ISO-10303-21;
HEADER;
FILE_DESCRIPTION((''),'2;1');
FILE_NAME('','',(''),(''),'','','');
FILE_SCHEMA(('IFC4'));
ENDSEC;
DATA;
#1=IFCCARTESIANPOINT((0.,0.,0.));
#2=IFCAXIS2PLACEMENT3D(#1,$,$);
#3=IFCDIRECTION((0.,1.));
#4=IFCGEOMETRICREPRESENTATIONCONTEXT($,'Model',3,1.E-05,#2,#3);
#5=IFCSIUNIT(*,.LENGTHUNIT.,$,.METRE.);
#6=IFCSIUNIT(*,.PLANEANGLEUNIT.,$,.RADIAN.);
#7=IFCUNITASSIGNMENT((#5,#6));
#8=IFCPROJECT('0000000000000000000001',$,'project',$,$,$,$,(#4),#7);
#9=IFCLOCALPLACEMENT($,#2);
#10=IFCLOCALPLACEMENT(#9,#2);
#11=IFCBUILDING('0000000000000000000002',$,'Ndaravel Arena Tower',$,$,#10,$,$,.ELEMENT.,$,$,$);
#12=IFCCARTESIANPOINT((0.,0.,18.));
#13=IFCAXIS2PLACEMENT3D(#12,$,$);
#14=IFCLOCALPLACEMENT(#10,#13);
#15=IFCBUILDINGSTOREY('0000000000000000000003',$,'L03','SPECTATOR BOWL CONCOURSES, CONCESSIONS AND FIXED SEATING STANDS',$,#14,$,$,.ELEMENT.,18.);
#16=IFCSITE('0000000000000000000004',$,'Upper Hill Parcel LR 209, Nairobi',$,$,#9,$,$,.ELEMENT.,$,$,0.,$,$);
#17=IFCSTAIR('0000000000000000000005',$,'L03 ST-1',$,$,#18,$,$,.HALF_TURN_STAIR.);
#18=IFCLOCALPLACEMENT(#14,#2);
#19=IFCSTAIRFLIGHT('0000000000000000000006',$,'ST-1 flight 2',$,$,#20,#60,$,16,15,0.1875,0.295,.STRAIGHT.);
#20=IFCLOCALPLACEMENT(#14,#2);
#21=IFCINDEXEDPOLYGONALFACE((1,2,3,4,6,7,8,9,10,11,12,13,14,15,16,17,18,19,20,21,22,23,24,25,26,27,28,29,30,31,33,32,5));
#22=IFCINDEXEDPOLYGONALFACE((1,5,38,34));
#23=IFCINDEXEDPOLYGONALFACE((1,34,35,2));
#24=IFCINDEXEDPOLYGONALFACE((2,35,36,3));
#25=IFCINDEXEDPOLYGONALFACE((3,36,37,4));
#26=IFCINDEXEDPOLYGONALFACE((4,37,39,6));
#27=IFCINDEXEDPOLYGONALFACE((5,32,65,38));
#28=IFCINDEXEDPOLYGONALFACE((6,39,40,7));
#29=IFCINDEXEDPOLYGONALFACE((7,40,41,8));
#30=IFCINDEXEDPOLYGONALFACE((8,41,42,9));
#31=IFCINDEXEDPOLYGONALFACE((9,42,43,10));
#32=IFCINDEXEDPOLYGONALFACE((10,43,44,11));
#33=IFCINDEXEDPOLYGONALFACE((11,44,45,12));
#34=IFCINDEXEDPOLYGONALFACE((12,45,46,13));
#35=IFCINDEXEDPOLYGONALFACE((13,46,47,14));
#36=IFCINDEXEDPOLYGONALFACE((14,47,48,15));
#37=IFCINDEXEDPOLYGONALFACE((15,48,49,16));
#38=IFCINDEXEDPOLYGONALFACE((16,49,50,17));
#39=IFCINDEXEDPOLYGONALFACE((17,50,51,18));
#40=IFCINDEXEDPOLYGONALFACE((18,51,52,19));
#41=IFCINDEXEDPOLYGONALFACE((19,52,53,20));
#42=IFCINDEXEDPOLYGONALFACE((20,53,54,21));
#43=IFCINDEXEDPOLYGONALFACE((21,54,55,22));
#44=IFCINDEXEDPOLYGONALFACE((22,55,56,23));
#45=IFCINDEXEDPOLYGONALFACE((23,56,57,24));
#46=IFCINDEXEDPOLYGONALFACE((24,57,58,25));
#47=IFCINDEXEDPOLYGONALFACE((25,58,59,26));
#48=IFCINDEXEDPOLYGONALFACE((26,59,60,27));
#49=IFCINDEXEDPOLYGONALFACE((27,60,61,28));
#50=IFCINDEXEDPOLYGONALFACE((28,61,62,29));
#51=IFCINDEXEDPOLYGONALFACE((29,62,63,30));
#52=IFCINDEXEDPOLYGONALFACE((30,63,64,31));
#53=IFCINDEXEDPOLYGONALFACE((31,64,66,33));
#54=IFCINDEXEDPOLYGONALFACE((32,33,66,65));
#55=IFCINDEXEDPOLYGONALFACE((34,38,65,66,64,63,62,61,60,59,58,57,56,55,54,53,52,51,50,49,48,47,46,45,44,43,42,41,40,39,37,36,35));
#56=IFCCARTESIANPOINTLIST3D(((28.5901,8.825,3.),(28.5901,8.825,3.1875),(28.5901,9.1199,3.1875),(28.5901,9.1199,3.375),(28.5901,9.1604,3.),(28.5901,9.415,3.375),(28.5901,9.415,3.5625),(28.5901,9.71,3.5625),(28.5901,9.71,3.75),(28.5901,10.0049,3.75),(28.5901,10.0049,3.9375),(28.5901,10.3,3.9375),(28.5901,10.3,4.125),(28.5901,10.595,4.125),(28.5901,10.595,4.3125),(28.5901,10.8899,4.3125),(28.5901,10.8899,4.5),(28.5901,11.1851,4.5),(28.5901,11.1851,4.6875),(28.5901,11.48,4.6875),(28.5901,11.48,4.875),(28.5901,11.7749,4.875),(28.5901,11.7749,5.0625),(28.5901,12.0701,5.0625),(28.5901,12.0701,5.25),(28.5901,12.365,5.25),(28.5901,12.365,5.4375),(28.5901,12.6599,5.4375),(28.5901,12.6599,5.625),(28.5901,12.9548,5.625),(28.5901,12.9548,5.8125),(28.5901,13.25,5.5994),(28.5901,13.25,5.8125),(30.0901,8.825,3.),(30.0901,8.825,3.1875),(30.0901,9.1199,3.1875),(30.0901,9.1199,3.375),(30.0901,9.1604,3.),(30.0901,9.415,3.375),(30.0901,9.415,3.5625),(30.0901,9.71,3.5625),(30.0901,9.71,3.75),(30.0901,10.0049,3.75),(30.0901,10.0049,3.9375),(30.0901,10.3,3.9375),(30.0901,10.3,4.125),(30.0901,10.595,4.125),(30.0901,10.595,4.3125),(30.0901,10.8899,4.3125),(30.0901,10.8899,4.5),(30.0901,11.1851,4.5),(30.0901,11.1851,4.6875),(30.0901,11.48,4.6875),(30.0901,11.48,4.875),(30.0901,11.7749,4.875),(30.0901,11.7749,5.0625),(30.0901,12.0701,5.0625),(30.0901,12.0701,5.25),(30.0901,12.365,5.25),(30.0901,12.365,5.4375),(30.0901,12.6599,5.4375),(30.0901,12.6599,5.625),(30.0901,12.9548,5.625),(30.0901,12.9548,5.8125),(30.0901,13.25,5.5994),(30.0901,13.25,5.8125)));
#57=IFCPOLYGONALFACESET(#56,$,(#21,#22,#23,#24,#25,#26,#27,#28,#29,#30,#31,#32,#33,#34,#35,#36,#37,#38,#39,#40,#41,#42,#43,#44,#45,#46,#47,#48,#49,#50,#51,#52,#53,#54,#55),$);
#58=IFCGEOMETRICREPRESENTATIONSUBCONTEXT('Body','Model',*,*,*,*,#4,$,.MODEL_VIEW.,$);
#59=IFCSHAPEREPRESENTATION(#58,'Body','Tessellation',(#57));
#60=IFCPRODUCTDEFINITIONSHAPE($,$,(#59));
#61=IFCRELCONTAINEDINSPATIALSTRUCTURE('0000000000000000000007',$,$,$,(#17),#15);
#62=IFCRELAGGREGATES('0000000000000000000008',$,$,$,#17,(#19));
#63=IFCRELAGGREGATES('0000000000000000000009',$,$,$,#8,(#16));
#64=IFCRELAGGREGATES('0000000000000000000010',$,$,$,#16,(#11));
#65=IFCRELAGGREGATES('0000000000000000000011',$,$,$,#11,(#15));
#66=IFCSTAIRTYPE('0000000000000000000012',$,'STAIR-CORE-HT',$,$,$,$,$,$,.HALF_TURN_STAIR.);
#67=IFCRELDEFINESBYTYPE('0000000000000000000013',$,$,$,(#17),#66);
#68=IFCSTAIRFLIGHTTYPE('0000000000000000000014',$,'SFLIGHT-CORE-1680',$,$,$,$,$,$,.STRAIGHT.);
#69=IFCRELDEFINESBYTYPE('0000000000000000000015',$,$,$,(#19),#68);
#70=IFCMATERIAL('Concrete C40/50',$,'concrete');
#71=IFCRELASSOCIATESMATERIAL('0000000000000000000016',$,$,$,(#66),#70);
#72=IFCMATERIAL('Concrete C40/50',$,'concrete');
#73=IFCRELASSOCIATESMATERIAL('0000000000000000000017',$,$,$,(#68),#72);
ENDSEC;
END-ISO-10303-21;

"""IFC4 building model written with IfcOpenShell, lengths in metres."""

from ifc_helpers import new_model, si_unit, direction, frame, origin, place, context, subcontext, project, spatial, polyline, outline, extrude, material, type_object, element, aggregate, save


model = new_model("IFC4")

# Units and contexts
model_context = context("Model", 3, precision=1e-05, world=origin(), true_north=direction((0.0, 1.0)))
body_context = subcontext(model_context, "Body", "Model", "MODEL_VIEW")
ifc_project = project(units=[si_unit("LENGTHUNIT", "METRE"), si_unit("PLANEANGLEUNIT", "RADIAN")], contexts=[model_context])

# Site, building, storey
site_placement = place(None, origin())
site = spatial("IfcSite", under=ifc_project, at=site_placement, Name="Upper Hill Parcel LR 209, Nairobi", CompositionType="ELEMENT", RefElevation=0.0)
building_placement = place(site_placement, origin())
building = spatial("IfcBuilding", under=site, at=building_placement, Name="Ndaravel Arena Tower", CompositionType="ELEMENT")
storey_placement = place(building_placement, frame((0.0, 0.0, 18.0)))
storey = spatial("IfcBuildingStorey", under=building, at=storey_placement, Name="L03", Description="SPECTATOR BOWL CONCOURSES, CONCESSIONS AND FIXED SEATING STANDS", CompositionType="ELEMENT", Elevation=18.0)

# Stair, stair flight
ifc_material_1 = material(Name="Concrete C40/50", Category="concrete")
stair_type = type_object("IfcStairType", Name="STAIR-CORE-HT", PredefinedType="HALF_TURN_STAIR", material=ifc_material_1)
stair_placement = place(storey_placement, origin())
stair = element("IfcStair", 1, at=stair_placement, inside=storey, type_object=stair_type, Name="L03 ST-1", PredefinedType="HALF_TURN_STAIR")
ifc_material_2 = material(Name="Concrete C40/50", Category="concrete")
stair_flight_type = type_object("IfcStairFlightType", Name="SFLIGHT-CORE-1680", PredefinedType="STRAIGHT", material=ifc_material_2)
stair_flight_placement = place(storey_placement, frame((29.3401, 8.825, 3.0), z_axis=(0.0, 0.0, 1.0), x_axis=(0.0, 1.0, 0.0)))
stair_flight = element("IfcStairFlight", 2, at=stair_flight_placement, type_object=stair_flight_type, Name="ST-1 flight 2", NumberOfRisers=16, NumberOfTreads=15, PredefinedType="STRAIGHT", RiserHeight=0.1875, TreadLength=0.295, context=body_context, shape_type="SweptSolid", body=[
    extrude(outline(polyline([(0.0, 0.0), (0.0, 0.1875), (0.2949, 0.1875), (0.2949, 0.375), (0.5901, 0.375), (0.5901, 0.5625), (0.885, 0.5625), (0.885, 0.75), (1.1799, 0.75), (1.1799, 0.9375), (1.4751, 0.9375), (1.4751, 1.125), (1.77, 1.125), (1.77, 1.3125), (2.0649, 1.3125), (2.0649, 1.5), (2.3601, 1.5), (2.3601, 1.6875), (2.655, 1.6875), (2.655, 1.875), (2.95, 1.875), (2.95, 2.0625), (3.2451, 2.0625), (3.2451, 2.25), (3.54, 2.25), (3.54, 2.4375), (3.835, 2.4375), (3.835, 2.625), (4.1299, 2.625), (4.1299, 2.8125), (4.425, 2.8125), (4.425, 3.0), (4.425, 2.5994), (0.3354, 0.0), (0.0, 0.0)])), frame((0.0, 0.75, 0.0), z_axis=(0.0, -1.0, 0.0), x_axis=(1.0, 0.0, 0.0)), (0.0, 0.0, 1.0), 1.5),
])
aggregate(stair, [stair_flight])

save(model, "model.ifc")
